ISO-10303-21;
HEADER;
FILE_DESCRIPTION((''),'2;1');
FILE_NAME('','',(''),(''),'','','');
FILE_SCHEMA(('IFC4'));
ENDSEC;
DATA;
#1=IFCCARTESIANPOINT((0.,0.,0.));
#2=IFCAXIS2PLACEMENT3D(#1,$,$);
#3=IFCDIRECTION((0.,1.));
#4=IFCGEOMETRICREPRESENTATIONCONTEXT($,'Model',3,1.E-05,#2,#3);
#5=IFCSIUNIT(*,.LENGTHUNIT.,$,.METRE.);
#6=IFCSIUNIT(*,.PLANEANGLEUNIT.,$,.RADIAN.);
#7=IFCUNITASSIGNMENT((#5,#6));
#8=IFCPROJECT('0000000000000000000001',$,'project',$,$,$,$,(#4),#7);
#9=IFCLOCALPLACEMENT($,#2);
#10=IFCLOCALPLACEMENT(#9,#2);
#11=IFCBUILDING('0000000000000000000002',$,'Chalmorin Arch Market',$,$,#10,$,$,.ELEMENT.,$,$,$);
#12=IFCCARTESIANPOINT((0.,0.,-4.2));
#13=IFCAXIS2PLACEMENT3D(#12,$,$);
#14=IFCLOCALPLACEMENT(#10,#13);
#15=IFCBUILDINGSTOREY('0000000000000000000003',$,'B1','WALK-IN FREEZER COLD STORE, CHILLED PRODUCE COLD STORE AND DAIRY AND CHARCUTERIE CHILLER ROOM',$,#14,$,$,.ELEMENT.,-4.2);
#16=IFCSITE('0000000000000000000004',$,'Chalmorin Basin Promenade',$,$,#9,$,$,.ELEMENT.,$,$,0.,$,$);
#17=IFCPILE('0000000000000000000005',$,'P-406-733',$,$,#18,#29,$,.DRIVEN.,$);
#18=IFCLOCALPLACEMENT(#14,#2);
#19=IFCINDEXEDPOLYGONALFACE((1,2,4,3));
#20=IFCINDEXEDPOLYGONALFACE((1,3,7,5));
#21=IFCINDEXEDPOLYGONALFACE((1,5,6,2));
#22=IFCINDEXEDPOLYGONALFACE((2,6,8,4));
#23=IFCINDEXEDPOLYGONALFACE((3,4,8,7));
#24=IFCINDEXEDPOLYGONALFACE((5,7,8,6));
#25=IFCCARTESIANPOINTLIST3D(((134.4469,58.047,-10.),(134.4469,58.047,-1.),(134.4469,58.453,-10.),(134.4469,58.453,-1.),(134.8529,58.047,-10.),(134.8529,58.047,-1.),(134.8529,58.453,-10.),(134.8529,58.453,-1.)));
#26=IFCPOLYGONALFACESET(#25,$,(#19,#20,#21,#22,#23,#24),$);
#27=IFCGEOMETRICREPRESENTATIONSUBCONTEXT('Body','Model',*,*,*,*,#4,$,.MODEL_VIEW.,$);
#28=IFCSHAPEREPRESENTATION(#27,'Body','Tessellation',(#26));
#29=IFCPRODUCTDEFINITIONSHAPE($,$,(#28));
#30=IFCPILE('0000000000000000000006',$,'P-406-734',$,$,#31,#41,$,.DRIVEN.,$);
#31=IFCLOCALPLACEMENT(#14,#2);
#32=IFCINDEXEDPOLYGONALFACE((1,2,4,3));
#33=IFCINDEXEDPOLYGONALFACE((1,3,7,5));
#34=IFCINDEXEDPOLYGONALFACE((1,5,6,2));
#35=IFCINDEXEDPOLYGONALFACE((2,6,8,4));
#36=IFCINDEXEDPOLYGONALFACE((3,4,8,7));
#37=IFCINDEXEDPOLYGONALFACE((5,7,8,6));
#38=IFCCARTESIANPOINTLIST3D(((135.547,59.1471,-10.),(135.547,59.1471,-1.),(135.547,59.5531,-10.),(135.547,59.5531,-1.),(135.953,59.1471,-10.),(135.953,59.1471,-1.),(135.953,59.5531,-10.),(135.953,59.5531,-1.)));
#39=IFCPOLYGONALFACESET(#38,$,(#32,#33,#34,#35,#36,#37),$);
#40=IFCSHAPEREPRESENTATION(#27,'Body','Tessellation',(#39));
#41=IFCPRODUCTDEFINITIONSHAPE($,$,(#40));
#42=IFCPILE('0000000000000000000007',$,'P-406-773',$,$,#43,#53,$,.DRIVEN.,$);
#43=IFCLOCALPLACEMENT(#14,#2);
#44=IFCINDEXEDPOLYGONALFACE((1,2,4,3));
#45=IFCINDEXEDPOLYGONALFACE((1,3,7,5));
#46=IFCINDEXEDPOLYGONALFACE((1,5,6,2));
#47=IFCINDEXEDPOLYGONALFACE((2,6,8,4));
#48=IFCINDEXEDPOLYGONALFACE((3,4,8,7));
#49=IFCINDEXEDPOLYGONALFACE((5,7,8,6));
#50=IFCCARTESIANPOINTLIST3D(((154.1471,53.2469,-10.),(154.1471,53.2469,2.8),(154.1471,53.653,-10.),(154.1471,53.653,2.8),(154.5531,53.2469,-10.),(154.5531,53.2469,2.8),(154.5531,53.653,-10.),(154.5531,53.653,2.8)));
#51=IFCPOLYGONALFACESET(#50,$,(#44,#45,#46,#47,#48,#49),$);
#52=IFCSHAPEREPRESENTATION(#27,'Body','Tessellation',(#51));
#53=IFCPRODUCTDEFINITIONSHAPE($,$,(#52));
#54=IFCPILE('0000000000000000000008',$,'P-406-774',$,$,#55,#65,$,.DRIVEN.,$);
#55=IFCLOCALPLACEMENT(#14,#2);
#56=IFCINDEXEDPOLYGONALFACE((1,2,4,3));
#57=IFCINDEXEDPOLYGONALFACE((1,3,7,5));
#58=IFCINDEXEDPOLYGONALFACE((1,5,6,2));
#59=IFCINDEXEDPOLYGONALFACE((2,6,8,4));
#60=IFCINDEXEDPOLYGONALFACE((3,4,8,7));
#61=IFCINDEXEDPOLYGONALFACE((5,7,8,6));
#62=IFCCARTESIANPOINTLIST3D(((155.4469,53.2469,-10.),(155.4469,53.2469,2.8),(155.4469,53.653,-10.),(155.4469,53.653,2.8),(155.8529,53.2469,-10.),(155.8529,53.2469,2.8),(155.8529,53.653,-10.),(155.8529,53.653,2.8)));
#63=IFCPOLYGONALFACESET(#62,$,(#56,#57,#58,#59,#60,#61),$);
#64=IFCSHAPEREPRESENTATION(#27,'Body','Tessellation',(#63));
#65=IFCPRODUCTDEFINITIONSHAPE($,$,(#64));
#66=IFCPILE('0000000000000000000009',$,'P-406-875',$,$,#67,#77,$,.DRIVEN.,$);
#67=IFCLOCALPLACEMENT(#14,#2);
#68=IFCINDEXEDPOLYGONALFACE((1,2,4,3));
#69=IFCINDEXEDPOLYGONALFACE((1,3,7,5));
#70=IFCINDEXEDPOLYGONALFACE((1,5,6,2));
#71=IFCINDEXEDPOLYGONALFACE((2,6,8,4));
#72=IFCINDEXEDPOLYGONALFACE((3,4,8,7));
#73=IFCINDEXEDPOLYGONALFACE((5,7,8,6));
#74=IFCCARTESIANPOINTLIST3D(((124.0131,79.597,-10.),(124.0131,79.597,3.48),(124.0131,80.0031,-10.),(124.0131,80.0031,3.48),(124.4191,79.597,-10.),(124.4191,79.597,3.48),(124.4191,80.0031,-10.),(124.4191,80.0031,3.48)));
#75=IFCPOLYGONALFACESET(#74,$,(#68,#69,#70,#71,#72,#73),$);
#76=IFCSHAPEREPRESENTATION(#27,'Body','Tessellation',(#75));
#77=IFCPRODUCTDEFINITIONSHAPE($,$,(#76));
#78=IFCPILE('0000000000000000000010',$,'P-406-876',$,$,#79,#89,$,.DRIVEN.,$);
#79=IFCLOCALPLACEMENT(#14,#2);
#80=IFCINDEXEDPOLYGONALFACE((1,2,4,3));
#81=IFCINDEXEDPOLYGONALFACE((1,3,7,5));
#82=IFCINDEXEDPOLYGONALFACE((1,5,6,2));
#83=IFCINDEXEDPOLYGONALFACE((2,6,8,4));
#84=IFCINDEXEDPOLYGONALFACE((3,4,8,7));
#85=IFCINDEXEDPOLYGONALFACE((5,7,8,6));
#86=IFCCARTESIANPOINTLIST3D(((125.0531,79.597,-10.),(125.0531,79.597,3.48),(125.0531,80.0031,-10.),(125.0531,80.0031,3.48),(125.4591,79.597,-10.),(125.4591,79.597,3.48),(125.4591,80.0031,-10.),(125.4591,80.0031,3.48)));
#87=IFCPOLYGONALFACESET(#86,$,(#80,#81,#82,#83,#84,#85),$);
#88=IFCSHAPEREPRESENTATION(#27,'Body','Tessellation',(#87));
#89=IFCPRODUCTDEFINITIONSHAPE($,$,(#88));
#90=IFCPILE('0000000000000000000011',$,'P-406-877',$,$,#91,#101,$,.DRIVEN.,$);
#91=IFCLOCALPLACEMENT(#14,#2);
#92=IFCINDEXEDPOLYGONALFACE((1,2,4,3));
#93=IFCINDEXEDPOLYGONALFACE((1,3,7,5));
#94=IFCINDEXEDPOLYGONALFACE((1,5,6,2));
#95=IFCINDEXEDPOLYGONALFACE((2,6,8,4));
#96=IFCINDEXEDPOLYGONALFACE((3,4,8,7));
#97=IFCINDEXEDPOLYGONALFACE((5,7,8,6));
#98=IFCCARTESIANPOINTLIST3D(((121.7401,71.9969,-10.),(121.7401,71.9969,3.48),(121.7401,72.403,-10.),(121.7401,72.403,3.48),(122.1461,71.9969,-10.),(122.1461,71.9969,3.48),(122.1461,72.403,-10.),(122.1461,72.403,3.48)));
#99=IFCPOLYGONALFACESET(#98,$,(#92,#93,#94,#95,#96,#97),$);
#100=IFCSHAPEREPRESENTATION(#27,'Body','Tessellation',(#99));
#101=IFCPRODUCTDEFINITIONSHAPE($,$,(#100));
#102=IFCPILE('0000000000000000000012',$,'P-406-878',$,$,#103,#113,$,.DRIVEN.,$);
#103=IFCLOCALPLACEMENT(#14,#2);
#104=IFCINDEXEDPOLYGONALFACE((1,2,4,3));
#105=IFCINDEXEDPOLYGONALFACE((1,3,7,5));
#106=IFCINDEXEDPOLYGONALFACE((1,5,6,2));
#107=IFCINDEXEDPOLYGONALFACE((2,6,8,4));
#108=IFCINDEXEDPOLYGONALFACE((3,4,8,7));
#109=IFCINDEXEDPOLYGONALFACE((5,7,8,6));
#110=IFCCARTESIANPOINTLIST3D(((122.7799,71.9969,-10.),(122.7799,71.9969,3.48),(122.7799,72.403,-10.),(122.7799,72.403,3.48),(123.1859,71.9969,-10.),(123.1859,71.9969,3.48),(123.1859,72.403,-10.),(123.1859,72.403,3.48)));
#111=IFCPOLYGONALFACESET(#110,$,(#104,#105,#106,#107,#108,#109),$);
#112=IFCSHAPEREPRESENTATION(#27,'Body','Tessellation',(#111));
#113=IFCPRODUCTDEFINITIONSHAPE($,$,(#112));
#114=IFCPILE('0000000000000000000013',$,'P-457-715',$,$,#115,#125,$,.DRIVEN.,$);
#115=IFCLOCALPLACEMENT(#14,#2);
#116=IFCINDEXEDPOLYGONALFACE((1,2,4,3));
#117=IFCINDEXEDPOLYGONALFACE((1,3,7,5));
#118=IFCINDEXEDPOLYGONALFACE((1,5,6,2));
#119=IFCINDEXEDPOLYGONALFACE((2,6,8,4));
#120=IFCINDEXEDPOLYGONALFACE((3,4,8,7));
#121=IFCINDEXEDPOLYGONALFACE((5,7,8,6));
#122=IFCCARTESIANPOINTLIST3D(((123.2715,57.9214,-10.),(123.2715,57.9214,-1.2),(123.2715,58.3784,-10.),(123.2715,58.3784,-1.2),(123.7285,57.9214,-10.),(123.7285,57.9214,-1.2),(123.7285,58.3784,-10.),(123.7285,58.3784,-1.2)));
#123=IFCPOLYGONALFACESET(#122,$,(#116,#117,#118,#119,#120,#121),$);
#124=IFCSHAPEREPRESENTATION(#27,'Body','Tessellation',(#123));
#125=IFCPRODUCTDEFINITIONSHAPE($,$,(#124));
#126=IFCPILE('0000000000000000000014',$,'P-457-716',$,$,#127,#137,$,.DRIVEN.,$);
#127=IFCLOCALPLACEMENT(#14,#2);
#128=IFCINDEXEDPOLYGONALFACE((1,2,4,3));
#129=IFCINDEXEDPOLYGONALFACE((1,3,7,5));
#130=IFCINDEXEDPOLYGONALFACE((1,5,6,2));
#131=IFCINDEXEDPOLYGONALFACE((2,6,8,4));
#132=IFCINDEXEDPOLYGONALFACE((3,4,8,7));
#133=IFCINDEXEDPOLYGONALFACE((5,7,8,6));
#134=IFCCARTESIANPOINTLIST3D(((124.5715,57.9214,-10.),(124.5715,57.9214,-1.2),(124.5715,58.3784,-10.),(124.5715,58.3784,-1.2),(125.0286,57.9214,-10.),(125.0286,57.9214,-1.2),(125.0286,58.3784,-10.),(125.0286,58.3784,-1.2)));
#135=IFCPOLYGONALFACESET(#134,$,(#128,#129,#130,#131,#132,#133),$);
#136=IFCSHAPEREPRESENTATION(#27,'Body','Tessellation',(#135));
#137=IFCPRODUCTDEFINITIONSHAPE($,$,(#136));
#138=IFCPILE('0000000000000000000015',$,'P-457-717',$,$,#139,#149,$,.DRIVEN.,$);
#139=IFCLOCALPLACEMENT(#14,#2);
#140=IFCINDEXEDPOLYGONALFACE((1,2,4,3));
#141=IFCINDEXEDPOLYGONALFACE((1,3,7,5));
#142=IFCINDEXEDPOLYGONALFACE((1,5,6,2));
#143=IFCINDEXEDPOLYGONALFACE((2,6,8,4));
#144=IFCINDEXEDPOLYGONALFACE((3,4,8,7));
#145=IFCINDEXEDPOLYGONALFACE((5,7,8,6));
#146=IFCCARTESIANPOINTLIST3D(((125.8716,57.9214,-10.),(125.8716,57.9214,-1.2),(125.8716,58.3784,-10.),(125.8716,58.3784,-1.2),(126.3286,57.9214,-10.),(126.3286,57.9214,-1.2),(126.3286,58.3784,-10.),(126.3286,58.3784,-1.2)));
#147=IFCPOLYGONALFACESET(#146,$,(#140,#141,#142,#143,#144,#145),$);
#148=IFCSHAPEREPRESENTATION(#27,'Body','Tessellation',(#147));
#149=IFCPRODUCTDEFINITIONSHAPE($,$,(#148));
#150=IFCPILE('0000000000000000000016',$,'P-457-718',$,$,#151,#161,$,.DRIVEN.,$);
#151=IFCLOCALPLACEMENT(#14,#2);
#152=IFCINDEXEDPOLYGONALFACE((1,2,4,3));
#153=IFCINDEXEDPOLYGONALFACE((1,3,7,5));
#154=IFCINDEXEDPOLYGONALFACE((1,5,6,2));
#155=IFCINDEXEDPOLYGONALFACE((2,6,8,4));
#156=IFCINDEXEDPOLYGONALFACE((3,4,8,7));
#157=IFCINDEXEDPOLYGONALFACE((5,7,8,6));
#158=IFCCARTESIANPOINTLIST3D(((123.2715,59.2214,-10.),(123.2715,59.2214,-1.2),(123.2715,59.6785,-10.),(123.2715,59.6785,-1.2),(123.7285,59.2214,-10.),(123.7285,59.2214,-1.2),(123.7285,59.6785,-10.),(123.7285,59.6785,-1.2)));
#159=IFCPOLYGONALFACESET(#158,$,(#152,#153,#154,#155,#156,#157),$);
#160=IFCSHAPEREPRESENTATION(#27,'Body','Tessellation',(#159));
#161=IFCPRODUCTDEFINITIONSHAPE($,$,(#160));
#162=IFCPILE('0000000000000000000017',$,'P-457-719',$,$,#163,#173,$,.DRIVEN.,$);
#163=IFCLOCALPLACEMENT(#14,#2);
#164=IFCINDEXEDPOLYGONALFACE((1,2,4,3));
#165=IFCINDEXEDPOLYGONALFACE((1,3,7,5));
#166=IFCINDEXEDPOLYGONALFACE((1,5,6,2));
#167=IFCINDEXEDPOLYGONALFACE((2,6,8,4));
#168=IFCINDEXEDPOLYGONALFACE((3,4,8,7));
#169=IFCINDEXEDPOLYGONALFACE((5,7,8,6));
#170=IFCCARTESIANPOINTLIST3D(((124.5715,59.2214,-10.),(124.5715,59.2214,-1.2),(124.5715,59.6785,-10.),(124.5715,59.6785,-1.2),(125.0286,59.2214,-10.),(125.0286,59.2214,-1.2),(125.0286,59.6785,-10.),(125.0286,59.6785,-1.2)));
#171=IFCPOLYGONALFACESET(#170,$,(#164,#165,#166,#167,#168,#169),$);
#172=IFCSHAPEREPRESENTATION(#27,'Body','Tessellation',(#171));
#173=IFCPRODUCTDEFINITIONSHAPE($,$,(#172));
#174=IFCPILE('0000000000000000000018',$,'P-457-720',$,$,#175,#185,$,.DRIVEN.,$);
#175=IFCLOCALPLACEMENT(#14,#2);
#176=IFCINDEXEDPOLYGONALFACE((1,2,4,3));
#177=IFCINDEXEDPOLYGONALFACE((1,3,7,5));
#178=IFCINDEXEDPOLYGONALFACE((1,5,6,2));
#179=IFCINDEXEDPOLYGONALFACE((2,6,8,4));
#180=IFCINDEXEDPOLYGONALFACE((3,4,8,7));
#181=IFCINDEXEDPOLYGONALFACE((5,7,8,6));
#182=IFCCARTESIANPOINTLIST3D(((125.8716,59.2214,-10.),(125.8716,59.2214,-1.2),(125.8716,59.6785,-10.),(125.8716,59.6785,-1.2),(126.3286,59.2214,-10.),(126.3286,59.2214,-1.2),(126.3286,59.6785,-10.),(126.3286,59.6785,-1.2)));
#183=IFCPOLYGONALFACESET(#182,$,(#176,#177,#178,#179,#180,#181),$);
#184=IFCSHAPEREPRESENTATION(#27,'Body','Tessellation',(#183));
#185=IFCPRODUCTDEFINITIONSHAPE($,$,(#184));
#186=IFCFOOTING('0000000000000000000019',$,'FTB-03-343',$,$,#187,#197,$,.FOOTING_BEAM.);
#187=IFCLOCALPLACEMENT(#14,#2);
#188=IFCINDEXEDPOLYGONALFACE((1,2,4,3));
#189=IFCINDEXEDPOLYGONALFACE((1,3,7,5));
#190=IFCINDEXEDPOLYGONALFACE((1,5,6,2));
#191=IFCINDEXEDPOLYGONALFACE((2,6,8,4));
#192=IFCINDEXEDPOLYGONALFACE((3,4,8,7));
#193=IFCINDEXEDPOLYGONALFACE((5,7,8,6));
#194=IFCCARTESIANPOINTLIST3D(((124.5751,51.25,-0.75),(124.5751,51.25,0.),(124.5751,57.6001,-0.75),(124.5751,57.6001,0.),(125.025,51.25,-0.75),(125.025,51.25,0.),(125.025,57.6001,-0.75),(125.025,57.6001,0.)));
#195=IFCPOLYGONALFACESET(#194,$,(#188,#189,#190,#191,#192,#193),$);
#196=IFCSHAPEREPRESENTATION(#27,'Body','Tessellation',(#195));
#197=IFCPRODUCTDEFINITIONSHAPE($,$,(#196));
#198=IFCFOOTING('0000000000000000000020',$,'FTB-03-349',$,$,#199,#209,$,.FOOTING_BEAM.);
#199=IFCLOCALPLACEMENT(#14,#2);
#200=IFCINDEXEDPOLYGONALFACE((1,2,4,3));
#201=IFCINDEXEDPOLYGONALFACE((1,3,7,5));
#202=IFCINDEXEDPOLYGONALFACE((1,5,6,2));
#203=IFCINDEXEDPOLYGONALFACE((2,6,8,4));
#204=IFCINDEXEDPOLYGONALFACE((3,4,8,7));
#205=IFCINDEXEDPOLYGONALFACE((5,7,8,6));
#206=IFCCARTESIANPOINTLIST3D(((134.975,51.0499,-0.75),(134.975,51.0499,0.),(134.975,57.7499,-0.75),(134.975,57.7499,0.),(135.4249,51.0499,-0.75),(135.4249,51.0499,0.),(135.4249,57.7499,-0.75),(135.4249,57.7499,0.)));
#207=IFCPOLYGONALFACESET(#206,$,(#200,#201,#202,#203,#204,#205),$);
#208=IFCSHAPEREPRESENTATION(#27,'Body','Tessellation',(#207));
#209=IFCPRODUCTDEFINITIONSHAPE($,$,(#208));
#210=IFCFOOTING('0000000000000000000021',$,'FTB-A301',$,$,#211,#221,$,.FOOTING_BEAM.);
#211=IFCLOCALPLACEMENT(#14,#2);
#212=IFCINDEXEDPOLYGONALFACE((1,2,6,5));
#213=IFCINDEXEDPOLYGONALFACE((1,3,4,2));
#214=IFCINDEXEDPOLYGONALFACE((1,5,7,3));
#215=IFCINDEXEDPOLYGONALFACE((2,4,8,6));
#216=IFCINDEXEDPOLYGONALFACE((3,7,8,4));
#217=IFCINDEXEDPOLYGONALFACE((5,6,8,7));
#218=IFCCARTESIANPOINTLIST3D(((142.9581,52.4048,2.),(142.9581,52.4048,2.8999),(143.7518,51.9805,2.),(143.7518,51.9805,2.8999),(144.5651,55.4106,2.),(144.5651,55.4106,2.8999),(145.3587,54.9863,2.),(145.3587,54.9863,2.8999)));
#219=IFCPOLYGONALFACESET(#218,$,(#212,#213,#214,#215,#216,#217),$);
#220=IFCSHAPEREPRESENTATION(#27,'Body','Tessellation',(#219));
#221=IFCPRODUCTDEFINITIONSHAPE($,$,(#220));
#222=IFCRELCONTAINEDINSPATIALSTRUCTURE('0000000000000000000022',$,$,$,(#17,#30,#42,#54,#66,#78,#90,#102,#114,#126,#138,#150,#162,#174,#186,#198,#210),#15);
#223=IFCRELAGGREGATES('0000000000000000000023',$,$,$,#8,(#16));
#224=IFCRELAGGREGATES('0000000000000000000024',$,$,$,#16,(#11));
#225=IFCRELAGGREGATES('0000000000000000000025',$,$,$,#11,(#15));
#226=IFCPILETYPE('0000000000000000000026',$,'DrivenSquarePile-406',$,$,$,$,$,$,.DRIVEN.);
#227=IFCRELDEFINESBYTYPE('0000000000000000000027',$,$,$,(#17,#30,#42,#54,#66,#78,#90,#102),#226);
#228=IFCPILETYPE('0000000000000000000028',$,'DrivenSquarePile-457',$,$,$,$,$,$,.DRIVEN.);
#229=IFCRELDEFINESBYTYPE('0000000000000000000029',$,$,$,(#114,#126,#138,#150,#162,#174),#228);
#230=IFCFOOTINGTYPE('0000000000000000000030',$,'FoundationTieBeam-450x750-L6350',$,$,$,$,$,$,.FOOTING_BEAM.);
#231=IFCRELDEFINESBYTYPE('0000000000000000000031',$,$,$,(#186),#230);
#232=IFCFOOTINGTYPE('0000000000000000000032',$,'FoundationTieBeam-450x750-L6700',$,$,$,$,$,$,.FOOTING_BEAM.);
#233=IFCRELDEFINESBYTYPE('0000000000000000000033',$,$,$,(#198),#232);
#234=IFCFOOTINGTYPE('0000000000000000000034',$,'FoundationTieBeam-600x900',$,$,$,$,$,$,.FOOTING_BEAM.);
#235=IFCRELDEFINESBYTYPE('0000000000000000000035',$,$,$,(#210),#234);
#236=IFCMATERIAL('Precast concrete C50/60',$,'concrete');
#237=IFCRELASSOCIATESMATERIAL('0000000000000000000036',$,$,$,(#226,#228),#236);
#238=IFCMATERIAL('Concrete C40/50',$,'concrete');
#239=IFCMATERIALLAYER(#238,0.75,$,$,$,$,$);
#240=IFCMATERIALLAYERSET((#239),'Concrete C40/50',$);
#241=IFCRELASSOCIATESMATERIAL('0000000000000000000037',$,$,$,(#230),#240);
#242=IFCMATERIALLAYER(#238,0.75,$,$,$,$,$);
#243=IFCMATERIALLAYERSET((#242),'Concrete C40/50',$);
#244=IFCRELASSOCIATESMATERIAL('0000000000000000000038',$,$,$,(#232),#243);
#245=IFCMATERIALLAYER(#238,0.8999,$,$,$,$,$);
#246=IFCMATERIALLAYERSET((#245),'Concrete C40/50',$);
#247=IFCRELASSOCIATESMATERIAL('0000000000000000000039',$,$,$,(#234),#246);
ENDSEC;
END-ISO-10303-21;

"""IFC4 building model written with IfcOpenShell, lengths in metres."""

from ifc_helpers import new_model, si_unit, direction, frame, origin, origin_2d, place, context, subcontext, project, spatial, rectangle, extrude, material, layer, layer_set, material_profile, profile_set, type_object, element, save


model = new_model("IFC4")

# Units and contexts
model_context = context("Model", 3, precision=1e-05, world=origin(), true_north=direction((0.0, 1.0)))
body_context = subcontext(model_context, "Body", "Model", "MODEL_VIEW")
ifc_project = project(units=[si_unit("LENGTHUNIT", "METRE"), si_unit("PLANEANGLEUNIT", "RADIAN")], contexts=[model_context])

# Site, building, storey
site_placement = place(None, origin())
site = spatial("IfcSite", under=ifc_project, at=site_placement, Name="Chalmorin Basin Promenade", CompositionType="ELEMENT", RefElevation=0.0)
building_placement = place(site_placement, origin())
building = spatial("IfcBuilding", under=site, at=building_placement, Name="Chalmorin Arch Market", CompositionType="ELEMENT")
storey_placement = place(building_placement, frame((0.0, 0.0, -4.2)))
storey = spatial("IfcBuildingStorey", under=building, at=storey_placement, Name="B1", Description="WALK-IN FREEZER COLD STORE, CHILLED PRODUCE COLD STORE AND DAIRY AND CHARCUTERIE CHILLER ROOM", CompositionType="ELEMENT", Elevation=-4.2)

# Piles
ifc_material_1 = material(Name="Precast concrete C50/60", Category="concrete")
ifc_material_profile_1 = material_profile(ifc_material_1, rectangle(XDim=0.406, YDim=0.406, at=origin_2d()), Name="PPC406")
ifc_profile_set_1 = profile_set([ifc_material_profile_1], Name="Precast concrete C50/60")
pile_type_1 = type_object("IfcPileType", Name="DrivenSquarePile-406", PredefinedType="DRIVEN", material=ifc_profile_set_1)
for number, where, z_axis, x_axis, name in (
    (1, (134.6499, 58.25, -1.0), (0.0, 0.0, -1.0), (1.0, 0.0, 0.0), "P-406-733"),
    (2, (135.75, 59.3501, -1.0), (0.0, 0.0, -1.0), (1.0, 0.0, 0.0), "P-406-734"),
):
    element("IfcPile", number, at=place(storey_placement, frame(where, z_axis=z_axis, x_axis=x_axis)), inside=storey, type_object=pile_type_1, Name=name, PredefinedType="DRIVEN", context=body_context, shape_type="SweptSolid", body=[
        extrude(rectangle(XDim=0.406, YDim=0.406, at=origin_2d()), origin(), (0.0, 0.0, 1.0), 9.0),
    ])
for number, where, z_axis, x_axis, name in (
    (3, (154.3501, 53.45, 2.8), (0.0, 0.0, -1.0), (1.0, 0.0, 0.0), "P-406-773"),
    (4, (155.6499, 53.45, 2.8), (0.0, 0.0, -1.0), (1.0, 0.0, 0.0), "P-406-774"),
):
    element("IfcPile", number, at=place(storey_placement, frame(where, z_axis=z_axis, x_axis=x_axis)), inside=storey, type_object=pile_type_1, Name=name, PredefinedType="DRIVEN", context=body_context, shape_type="SweptSolid", body=[
        extrude(rectangle(XDim=0.406, YDim=0.406, at=origin_2d()), origin(), (0.0, 0.0, 1.0), 12.8),
    ])
for number, where, z_axis, x_axis, name in (
    (5, (124.2161, 79.8, 3.48), (0.0, 0.0, -1.0), (1.0, 0.0, 0.0), "P-406-875"),
    (6, (125.2561, 79.8, 3.48), (0.0, 0.0, -1.0), (1.0, 0.0, 0.0), "P-406-876"),
    (7, (121.9431, 72.2, 3.48), (0.0, 0.0, -1.0), (1.0, 0.0, 0.0), "P-406-877"),
    (8, (122.9829, 72.2, 3.48), (0.0, 0.0, -1.0), (1.0, 0.0, 0.0), "P-406-878"),
):
    element("IfcPile", number, at=place(storey_placement, frame(where, z_axis=z_axis, x_axis=x_axis)), inside=storey, type_object=pile_type_1, Name=name, PredefinedType="DRIVEN", context=body_context, shape_type="SweptSolid", body=[
        extrude(rectangle(XDim=0.406, YDim=0.406, at=origin_2d()), origin(), (0.0, 0.0, 1.0), 13.48),
    ])
ifc_material_profile_2 = material_profile(ifc_material_1, rectangle(XDim=0.457, YDim=0.457, at=origin_2d()), Name="PPC457")
ifc_profile_set_2 = profile_set([ifc_material_profile_2], Name="Precast concrete C50/60")
pile_type_2 = type_object("IfcPileType", Name="DrivenSquarePile-457", PredefinedType="DRIVEN", material=ifc_profile_set_2)
for number, where, z_axis, x_axis, name in (
    (9, (123.5, 58.1499, -1.2), (0.0, 0.0, -1.0), (1.0, 0.0, 0.0), "P-457-715"),
    (10, (124.8, 58.1499, -1.2), (0.0, 0.0, -1.0), (1.0, 0.0, 0.0), "P-457-716"),
    (11, (126.1001, 58.1499, -1.2), (0.0, 0.0, -1.0), (1.0, 0.0, 0.0), "P-457-717"),
    (12, (123.5, 59.45, -1.2), (0.0, 0.0, -1.0), (1.0, 0.0, 0.0), "P-457-718"),
    (13, (124.8, 59.45, -1.2), (0.0, 0.0, -1.0), (1.0, 0.0, 0.0), "P-457-719"),
    (14, (126.1001, 59.45, -1.2), (0.0, 0.0, -1.0), (1.0, 0.0, 0.0), "P-457-720"),
):
    element("IfcPile", number, at=place(storey_placement, frame(where, z_axis=z_axis, x_axis=x_axis)), inside=storey, type_object=pile_type_2, Name=name, PredefinedType="DRIVEN", context=body_context, shape_type="SweptSolid", body=[
        extrude(rectangle(XDim=0.457, YDim=0.457, at=origin_2d()), origin(), (0.0, 0.0, 1.0), 8.8),
    ])

# Footings
ifc_material_2 = material(Name="Concrete C40/50", Category="concrete")
ifc_layer_1 = layer(ifc_material_2, 0.75)
ifc_layer_set_1 = layer_set([ifc_layer_1], Name="Concrete C40/50")
footing_type_1 = type_object("IfcFootingType", Name="FoundationTieBeam-450x750-L6350", PredefinedType="FOOTING_BEAM", material=ifc_layer_set_1)
footing_1_placement = place(storey_placement, frame((124.8, 54.425, -0.75), z_axis=(0.0, 0.0, 1.0), x_axis=(0.0, 1.0, 0.0)))
element("IfcFooting", 15, at=footing_1_placement, inside=storey, type_object=footing_type_1, Name="FTB-03-343", PredefinedType="FOOTING_BEAM", context=body_context, shape_type="SweptSolid", body=[
    extrude(rectangle(XDim=6.3501, YDim=0.45, at=origin_2d()), origin(), (0.0, 0.0, 1.0), 0.75),
])
ifc_layer_2 = layer(ifc_material_2, 0.75)
ifc_layer_set_2 = layer_set([ifc_layer_2], Name="Concrete C40/50")
footing_type_2 = type_object("IfcFootingType", Name="FoundationTieBeam-450x750-L6700", PredefinedType="FOOTING_BEAM", material=ifc_layer_set_2)
footing_2_placement = place(storey_placement, frame((135.2, 54.3999, -0.75), z_axis=(0.0, 0.0, 1.0), x_axis=(0.0, 1.0, 0.0)))
element("IfcFooting", 16, at=footing_2_placement, inside=storey, type_object=footing_type_2, Name="FTB-03-349", PredefinedType="FOOTING_BEAM", context=body_context, shape_type="SweptSolid", body=[
    extrude(rectangle(XDim=6.7, YDim=0.45, at=origin_2d()), origin(), (0.0, 0.0, 1.0), 0.75),
])
ifc_layer_3 = layer(ifc_material_2, 0.8999)
ifc_layer_set_3 = layer_set([ifc_layer_3], Name="Concrete C40/50")
footing_type_3 = type_object("IfcFootingType", Name="FoundationTieBeam-600x900", PredefinedType="FOOTING_BEAM", material=ifc_layer_set_3)
footing_3_placement = place(storey_placement, frame((144.1584, 53.6956, 2.0), z_axis=(0.0, 0.0, 1.0), x_axis=(-0.471474, -0.88188, 0.0)))
element("IfcFooting", 17, at=footing_3_placement, inside=storey, type_object=footing_type_3, Name="FTB-A301", PredefinedType="FOOTING_BEAM", context=body_context, shape_type="SweptSolid", body=[
    extrude(rectangle(XDim=3.4084, YDim=0.8999, at=origin_2d()), origin(), (0.0, 0.0, 1.0), 0.8999),
])

save(model, "model.ifc")
